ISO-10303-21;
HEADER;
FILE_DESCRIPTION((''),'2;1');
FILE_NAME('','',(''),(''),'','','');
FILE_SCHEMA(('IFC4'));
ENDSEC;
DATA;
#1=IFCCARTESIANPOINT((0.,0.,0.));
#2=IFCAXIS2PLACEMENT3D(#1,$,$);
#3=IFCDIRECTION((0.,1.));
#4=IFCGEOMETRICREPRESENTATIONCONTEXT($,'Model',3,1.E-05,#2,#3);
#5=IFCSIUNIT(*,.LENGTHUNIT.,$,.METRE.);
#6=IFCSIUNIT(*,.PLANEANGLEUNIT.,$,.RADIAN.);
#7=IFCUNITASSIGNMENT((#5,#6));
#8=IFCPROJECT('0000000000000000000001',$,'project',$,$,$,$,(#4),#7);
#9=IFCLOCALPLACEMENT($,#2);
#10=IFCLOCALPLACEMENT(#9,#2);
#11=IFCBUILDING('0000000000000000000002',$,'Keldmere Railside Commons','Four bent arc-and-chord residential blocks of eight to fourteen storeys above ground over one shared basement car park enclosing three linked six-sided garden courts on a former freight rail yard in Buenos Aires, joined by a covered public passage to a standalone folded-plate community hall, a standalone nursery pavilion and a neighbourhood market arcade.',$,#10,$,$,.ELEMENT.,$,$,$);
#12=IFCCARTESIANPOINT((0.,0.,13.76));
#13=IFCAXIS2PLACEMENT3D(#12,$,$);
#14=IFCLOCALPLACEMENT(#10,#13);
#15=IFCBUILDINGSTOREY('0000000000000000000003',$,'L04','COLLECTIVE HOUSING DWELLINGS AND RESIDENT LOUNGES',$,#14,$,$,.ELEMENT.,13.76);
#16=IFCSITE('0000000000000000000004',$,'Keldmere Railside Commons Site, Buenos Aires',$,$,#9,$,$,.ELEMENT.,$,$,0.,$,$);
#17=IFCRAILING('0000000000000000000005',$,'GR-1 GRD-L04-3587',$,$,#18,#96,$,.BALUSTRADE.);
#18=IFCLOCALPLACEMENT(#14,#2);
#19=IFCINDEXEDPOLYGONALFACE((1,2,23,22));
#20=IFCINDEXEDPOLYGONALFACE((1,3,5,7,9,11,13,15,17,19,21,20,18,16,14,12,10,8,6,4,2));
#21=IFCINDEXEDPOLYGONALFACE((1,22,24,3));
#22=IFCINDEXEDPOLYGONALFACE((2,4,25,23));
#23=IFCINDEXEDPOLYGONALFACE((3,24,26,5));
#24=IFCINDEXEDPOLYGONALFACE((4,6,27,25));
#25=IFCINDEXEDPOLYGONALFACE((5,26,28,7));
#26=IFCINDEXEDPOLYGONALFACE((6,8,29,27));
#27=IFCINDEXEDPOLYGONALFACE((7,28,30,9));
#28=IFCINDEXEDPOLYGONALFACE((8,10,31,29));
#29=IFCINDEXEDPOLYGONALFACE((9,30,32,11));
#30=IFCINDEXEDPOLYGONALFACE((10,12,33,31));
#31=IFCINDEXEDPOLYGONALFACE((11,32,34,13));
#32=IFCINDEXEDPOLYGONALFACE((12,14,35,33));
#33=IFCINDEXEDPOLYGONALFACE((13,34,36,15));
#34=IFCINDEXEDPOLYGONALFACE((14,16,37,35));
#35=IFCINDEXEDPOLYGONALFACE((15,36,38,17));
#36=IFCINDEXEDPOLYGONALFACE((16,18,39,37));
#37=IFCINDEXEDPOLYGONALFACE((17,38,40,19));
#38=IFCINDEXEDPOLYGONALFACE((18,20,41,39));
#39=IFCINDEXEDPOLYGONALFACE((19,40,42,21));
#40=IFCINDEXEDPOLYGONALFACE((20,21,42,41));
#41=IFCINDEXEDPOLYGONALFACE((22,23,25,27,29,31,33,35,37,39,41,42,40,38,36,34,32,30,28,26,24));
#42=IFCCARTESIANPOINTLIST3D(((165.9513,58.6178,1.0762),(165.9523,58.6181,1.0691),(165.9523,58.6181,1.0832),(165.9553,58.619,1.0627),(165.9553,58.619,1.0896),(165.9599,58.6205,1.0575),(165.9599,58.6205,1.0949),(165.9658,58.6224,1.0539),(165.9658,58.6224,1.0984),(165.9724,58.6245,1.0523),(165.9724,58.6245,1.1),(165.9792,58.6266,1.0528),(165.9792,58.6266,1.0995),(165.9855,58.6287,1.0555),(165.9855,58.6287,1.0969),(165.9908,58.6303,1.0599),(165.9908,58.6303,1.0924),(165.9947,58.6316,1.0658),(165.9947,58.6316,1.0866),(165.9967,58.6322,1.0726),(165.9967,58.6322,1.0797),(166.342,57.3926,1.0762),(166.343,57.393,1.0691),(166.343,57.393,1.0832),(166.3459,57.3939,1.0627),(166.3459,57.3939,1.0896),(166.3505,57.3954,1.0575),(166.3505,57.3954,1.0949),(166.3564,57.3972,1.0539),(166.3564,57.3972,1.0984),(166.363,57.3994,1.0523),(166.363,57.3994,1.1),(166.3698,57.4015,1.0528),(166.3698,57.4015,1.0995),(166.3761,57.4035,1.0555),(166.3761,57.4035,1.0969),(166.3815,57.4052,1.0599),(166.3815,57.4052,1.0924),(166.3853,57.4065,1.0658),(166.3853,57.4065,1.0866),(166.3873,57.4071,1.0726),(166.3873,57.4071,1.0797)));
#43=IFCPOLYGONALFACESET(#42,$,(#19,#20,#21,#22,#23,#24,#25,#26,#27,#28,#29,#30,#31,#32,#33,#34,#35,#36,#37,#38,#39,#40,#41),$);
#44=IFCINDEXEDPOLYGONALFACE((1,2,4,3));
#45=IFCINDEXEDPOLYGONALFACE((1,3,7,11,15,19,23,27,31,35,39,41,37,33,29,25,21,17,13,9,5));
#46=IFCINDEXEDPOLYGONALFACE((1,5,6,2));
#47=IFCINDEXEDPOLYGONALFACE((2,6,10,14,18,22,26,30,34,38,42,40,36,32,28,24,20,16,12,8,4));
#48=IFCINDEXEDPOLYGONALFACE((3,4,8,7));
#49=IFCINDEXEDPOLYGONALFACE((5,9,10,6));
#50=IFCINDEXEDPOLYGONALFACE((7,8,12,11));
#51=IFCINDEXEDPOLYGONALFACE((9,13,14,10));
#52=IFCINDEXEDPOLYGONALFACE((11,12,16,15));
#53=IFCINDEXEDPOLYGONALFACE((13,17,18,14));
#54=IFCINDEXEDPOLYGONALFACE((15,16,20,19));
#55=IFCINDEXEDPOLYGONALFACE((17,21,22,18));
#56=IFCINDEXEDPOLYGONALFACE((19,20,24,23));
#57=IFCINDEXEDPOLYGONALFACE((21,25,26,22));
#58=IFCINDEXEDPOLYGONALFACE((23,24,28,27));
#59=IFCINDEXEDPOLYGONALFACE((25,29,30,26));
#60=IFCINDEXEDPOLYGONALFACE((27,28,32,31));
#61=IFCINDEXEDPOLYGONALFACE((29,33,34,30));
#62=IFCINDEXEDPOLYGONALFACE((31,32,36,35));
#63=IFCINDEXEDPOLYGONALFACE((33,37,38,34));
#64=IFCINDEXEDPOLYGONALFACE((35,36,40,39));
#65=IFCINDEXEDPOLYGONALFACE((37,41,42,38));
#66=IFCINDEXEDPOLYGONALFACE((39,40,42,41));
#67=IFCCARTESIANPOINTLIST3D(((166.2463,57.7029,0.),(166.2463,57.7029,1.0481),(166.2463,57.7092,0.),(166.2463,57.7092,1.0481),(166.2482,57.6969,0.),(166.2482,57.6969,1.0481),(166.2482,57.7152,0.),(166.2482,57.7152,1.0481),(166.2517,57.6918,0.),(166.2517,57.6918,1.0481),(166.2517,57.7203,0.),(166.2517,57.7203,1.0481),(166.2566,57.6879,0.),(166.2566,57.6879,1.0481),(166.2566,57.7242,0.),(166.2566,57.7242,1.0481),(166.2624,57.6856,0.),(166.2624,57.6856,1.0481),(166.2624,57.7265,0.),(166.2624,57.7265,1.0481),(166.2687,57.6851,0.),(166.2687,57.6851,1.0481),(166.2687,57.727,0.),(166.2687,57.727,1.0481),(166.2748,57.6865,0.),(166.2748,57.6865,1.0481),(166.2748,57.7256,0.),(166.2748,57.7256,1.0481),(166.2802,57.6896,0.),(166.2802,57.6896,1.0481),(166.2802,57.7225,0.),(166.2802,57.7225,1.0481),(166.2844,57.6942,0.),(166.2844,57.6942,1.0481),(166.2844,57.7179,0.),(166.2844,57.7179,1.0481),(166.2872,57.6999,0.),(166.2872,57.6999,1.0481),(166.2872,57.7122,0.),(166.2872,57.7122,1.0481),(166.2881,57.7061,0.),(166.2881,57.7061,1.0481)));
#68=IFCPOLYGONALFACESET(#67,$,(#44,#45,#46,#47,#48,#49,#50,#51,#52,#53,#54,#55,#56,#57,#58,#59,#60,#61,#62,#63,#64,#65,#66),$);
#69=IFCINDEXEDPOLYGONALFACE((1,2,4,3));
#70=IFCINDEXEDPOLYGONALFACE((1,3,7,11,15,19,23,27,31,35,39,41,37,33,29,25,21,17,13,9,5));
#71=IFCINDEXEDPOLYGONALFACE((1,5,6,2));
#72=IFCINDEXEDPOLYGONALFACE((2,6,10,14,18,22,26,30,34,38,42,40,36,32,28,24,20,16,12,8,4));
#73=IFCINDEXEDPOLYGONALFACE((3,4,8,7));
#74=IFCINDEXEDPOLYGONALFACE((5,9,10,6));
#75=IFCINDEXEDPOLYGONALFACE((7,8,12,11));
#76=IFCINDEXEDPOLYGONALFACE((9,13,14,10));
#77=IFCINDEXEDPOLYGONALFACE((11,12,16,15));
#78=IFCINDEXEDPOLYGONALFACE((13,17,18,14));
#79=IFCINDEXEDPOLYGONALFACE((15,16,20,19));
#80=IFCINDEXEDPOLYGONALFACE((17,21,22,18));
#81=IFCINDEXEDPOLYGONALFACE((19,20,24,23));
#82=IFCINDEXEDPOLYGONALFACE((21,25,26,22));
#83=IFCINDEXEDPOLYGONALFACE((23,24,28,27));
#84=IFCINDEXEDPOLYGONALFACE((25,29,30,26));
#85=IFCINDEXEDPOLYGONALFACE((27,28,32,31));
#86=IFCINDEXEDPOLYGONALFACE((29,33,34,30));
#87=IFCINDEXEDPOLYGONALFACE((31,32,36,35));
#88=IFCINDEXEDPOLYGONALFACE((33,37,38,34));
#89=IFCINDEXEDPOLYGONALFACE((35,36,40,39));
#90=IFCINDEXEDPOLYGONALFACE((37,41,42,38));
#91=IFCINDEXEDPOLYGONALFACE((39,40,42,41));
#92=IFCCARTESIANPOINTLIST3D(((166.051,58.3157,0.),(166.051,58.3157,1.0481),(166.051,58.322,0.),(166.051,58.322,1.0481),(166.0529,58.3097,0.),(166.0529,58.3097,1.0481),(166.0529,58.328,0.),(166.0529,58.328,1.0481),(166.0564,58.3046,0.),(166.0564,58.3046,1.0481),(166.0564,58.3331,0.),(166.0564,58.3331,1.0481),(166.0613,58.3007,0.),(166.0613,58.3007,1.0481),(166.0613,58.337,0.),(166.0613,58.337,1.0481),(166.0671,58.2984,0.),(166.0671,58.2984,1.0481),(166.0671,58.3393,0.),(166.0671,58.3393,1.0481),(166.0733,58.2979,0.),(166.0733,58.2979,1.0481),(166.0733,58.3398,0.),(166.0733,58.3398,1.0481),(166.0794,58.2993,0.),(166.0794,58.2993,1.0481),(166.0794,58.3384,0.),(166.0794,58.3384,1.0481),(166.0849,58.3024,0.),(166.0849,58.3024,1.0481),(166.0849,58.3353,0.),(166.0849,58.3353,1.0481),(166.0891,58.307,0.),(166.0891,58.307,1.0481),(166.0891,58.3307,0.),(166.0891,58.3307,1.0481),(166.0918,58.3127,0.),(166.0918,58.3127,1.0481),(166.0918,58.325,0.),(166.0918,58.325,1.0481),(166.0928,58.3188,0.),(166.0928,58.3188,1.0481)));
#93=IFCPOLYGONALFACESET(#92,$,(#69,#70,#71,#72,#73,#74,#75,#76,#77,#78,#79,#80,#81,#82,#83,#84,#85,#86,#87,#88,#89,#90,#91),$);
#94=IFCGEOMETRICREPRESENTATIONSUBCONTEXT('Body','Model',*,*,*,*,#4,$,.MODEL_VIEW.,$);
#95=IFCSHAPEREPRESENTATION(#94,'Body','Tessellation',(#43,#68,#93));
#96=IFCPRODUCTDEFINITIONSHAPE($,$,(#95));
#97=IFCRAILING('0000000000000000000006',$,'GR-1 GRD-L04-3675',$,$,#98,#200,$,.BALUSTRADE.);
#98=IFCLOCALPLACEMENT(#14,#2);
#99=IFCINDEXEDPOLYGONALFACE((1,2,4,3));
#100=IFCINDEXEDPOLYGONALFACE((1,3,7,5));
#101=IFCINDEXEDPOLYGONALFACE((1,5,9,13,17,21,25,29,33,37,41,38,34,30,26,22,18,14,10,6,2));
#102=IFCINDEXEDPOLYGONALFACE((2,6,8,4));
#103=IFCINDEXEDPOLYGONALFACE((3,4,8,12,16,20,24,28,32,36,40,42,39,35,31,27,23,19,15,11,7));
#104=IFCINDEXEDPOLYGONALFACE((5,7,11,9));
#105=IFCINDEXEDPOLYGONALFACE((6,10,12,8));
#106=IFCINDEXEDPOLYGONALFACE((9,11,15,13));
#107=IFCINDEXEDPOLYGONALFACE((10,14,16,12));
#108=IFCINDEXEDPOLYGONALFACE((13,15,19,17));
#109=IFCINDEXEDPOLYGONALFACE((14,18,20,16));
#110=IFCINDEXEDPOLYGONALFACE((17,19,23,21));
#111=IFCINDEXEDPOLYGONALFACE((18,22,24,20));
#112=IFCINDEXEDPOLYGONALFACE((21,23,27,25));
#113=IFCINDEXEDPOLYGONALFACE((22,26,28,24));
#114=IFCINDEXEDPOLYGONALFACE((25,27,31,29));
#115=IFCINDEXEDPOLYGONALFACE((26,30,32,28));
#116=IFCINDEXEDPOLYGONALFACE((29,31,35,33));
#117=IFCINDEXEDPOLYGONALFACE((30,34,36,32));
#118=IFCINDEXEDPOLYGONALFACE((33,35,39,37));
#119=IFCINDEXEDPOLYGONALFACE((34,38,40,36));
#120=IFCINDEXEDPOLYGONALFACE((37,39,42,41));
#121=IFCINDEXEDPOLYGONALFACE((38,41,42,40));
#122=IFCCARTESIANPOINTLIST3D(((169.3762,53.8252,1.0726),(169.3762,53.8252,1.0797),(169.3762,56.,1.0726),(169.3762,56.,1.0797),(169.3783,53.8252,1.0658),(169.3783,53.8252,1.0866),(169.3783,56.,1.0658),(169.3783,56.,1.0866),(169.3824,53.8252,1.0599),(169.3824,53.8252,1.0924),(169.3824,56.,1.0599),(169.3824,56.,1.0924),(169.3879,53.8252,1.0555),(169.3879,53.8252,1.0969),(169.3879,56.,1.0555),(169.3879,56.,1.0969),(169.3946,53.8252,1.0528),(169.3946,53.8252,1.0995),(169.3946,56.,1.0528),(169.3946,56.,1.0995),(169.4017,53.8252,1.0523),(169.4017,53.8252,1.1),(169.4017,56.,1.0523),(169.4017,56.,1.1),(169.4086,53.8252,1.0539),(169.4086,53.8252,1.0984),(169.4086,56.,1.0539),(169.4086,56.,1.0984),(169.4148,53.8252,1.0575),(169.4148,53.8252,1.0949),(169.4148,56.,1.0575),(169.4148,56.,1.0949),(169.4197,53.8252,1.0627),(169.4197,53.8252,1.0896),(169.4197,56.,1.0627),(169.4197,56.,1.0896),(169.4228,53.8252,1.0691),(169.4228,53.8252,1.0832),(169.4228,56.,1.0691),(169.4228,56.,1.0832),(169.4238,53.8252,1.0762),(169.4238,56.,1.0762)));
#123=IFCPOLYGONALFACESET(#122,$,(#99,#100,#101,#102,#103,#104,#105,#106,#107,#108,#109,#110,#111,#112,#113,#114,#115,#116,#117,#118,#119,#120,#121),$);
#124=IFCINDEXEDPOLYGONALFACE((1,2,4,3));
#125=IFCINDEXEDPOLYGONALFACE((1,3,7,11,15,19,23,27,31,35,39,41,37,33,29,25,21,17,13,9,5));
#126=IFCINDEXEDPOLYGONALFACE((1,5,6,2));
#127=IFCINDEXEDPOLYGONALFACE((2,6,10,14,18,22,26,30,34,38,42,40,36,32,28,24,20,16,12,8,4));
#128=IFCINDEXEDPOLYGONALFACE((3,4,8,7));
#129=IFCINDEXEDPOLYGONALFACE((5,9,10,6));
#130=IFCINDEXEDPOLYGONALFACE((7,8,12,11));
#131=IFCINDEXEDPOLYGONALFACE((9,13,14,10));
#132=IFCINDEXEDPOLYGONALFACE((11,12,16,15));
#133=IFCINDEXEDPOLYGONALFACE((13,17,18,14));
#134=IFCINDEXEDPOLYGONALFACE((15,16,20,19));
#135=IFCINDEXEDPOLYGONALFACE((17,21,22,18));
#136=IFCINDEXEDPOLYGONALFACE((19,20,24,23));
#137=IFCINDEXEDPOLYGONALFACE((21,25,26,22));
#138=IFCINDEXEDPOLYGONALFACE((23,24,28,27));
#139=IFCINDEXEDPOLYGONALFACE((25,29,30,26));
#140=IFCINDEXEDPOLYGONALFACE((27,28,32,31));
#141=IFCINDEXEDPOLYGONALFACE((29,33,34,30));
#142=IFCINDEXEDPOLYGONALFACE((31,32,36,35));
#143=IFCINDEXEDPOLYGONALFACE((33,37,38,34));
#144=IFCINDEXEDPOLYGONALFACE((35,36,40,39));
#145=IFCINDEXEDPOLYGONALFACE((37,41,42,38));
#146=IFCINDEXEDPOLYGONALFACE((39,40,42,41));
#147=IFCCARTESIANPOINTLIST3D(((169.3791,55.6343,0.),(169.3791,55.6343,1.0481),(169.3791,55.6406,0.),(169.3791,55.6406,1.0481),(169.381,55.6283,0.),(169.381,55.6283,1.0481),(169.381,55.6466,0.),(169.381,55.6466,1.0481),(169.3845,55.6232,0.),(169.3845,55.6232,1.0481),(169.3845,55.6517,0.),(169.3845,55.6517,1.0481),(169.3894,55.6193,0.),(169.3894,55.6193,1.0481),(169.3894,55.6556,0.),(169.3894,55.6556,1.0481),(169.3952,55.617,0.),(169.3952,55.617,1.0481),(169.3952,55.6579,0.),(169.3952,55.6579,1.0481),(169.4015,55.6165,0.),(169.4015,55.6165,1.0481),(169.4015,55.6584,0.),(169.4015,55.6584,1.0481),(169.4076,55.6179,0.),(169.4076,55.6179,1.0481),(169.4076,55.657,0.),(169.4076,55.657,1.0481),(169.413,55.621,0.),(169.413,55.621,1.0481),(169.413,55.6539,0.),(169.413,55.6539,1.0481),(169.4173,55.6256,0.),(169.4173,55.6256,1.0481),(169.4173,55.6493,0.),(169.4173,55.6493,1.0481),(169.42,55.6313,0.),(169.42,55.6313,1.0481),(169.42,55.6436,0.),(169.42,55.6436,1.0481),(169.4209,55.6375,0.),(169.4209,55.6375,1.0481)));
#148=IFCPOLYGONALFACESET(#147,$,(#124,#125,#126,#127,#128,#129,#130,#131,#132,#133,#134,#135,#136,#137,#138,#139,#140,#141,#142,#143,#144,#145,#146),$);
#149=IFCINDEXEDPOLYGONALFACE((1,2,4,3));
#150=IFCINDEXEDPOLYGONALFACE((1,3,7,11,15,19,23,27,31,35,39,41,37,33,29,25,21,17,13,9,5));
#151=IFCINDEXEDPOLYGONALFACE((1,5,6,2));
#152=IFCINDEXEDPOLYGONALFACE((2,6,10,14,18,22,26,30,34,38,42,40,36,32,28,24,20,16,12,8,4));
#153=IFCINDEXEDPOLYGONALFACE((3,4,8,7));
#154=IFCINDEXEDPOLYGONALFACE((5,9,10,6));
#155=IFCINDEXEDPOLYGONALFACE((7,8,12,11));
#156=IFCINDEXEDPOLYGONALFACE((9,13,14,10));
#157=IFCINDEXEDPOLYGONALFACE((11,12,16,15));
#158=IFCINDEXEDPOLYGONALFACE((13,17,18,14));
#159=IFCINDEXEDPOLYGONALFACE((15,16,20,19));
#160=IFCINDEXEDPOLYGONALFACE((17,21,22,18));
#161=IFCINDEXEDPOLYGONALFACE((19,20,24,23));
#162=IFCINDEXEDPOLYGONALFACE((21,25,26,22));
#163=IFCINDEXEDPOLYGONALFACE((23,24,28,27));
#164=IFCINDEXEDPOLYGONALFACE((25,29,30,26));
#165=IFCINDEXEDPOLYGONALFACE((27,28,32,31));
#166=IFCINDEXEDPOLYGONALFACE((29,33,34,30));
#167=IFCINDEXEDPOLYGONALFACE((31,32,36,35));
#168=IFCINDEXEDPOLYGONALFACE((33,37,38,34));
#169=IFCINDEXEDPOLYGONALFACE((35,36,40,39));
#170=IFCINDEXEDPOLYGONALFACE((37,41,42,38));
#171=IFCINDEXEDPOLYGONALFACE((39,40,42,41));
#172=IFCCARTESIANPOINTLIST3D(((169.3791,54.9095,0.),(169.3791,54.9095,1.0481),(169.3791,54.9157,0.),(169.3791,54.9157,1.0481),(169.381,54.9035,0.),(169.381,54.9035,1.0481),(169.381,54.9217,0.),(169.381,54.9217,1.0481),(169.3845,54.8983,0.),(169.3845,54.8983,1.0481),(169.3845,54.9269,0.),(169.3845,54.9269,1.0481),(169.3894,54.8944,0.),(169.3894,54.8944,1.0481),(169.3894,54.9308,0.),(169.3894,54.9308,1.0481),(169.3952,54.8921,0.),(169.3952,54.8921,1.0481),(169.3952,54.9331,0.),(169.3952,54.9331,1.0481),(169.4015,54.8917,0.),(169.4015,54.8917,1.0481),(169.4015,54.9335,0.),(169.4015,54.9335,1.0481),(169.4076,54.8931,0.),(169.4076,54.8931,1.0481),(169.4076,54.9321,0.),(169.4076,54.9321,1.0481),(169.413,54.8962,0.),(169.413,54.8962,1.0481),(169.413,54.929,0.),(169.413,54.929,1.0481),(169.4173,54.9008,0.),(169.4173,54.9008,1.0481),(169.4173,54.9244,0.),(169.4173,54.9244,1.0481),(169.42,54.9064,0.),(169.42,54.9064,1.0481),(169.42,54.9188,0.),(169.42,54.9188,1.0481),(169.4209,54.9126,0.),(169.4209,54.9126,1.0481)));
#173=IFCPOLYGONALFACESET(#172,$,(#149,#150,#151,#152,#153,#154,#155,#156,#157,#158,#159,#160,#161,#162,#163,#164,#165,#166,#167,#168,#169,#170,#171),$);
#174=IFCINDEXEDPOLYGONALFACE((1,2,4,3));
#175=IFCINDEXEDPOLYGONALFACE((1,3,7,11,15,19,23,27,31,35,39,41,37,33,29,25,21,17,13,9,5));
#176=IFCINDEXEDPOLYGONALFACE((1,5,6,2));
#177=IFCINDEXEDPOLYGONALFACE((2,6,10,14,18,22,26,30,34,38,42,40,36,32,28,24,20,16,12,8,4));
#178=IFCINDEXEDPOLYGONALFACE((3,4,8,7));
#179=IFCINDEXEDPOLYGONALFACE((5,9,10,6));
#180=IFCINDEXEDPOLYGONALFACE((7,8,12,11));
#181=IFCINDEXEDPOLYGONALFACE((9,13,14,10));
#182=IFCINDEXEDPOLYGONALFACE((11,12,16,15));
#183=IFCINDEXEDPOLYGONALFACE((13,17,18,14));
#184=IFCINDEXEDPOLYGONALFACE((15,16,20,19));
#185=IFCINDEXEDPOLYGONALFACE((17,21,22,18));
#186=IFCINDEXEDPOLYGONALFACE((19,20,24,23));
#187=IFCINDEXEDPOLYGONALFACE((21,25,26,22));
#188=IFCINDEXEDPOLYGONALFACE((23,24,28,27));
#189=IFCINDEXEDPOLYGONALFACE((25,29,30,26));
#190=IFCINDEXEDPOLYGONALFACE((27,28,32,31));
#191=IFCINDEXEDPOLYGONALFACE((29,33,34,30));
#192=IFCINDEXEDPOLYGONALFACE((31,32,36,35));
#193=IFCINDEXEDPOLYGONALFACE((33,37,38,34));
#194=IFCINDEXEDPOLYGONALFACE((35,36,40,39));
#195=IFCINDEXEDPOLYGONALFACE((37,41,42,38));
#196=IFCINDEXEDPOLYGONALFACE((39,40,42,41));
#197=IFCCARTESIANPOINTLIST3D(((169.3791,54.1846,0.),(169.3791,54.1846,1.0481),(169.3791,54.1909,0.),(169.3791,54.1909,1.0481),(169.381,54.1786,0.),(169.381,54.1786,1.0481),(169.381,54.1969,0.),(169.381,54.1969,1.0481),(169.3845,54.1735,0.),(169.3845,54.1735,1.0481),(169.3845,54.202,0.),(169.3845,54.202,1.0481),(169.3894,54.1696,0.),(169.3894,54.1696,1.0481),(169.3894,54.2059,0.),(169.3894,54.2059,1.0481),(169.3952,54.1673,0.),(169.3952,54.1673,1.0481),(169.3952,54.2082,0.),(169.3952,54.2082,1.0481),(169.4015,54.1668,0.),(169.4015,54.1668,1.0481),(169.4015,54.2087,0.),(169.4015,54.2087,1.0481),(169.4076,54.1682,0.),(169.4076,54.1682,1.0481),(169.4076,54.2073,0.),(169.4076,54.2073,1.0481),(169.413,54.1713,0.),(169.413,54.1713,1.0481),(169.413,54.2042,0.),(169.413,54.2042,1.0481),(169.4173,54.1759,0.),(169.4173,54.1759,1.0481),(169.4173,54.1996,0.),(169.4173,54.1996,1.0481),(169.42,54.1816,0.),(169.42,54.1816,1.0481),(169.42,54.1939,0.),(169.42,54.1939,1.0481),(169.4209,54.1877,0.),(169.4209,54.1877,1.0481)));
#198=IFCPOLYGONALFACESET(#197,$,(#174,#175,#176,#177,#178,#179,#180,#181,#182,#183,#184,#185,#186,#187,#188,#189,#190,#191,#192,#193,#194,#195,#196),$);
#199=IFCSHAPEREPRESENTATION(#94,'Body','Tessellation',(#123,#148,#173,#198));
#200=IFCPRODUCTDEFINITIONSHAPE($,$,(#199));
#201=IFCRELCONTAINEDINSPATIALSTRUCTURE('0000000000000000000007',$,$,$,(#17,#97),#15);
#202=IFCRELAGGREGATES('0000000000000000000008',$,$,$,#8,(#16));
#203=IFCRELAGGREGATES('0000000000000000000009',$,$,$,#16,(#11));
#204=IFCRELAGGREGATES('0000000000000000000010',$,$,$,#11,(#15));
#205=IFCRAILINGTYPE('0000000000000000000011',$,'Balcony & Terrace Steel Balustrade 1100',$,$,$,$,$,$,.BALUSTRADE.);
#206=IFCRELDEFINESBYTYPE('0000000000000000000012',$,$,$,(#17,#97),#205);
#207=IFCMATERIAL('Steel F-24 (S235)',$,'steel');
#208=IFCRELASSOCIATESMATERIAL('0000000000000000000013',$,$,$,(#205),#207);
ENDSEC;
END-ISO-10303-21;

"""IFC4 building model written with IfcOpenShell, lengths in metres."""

from ifc_helpers import new_model, si_unit, direction, frame, origin, origin_2d, place, context, subcontext, project, spatial, circle, extrude, material, type_object, element, save


model = new_model("IFC4")

# Units and contexts
model_context = context("Model", 3, precision=1e-05, world=origin(), true_north=direction((0.0, 1.0)))
body_context = subcontext(model_context, "Body", "Model", "MODEL_VIEW")
ifc_project = project(units=[si_unit("LENGTHUNIT", "METRE"), si_unit("PLANEANGLEUNIT", "RADIAN")], contexts=[model_context])

# Site, building, storey
site_placement = place(None, origin())
site = spatial("IfcSite", under=ifc_project, at=site_placement, Name="Keldmere Railside Commons Site, Buenos Aires", CompositionType="ELEMENT", RefElevation=0.0)
building_placement = place(site_placement, origin())
building = spatial("IfcBuilding", under=site, at=building_placement, Name="Keldmere Railside Commons", Description="Four bent arc-and-chord residential blocks of eight to fourteen storeys above ground over one shared basement car park enclosing three linked six-sided garden courts on a former freight rail yard in Buenos Aires, joined by a covered public passage to a standalone folded-plate community hall, a standalone nursery pavilion and a neighbourhood market arcade.", CompositionType="ELEMENT")
storey_placement = place(building_placement, frame((0.0, 0.0, 13.76)))
storey = spatial("IfcBuildingStorey", under=building, at=storey_placement, Name="L04", Description="COLLECTIVE HOUSING DWELLINGS AND RESIDENT LOUNGES", CompositionType="ELEMENT", Elevation=13.76)

# Railings
ifc_material_1 = material(Name="Steel F-24 (S235)", Category="steel")
railing_type = type_object("IfcRailingType", Name="Balcony & Terrace Steel Balustrade 1100", PredefinedType="BALUSTRADE", material=ifc_material_1)
railing_1_placement = place(storey_placement, frame((166.3647, 57.3999, 0.0)))
element("IfcRailing", 1, at=railing_1_placement, inside=storey, type_object=railing_type, Name="GR-1 GRD-L04-3587", PredefinedType="BALUSTRADE", context=body_context, shape_type="SweptSolid", body=[
    extrude(circle(Radius=0.0239, at=origin_2d()), frame((0.0, 0.0, 1.0762), z_axis=(-0.303784, 0.952741, 0.0), x_axis=(-0.952741, -0.303784, 0.0)), (0.0, 0.0, 1.0), 1.2859),
    extrude(circle(Radius=0.021, at=origin_2d()), frame((-0.0977, 0.3062, 0.0)), (0.0, 0.0, 1.0), 1.0481),
    extrude(circle(Radius=0.021, at=origin_2d()), frame((-0.293, 0.9189, 0.0)), (0.0, 0.0, 1.0), 1.0481),
])
railing_2_placement = place(storey_placement, frame((169.3999, 56.0, 0.0)))
element("IfcRailing", 2, at=railing_2_placement, inside=storey, type_object=railing_type, Name="GR-1 GRD-L04-3675", PredefinedType="BALUSTRADE", context=body_context, shape_type="SweptSolid", body=[
    extrude(circle(Radius=0.0239, at=origin_2d()), frame((0.0, 0.0, 1.0762), z_axis=(0.0, -1.0, 0.0), x_axis=(1.0, 0.0, 0.0)), (0.0, 0.0, 1.0), 2.1748),
    extrude(circle(Radius=0.021, at=origin_2d()), frame((0.0, -0.3625, 0.0)), (0.0, 0.0, 1.0), 1.0481),
    extrude(circle(Radius=0.021, at=origin_2d()), frame((0.0, -1.0874, 0.0)), (0.0, 0.0, 1.0), 1.0481),
    extrude(circle(Radius=0.021, at=origin_2d()), frame((0.0, -1.8123, 0.0)), (0.0, 0.0, 1.0), 1.0481),
])

save(model, "model.ifc")
